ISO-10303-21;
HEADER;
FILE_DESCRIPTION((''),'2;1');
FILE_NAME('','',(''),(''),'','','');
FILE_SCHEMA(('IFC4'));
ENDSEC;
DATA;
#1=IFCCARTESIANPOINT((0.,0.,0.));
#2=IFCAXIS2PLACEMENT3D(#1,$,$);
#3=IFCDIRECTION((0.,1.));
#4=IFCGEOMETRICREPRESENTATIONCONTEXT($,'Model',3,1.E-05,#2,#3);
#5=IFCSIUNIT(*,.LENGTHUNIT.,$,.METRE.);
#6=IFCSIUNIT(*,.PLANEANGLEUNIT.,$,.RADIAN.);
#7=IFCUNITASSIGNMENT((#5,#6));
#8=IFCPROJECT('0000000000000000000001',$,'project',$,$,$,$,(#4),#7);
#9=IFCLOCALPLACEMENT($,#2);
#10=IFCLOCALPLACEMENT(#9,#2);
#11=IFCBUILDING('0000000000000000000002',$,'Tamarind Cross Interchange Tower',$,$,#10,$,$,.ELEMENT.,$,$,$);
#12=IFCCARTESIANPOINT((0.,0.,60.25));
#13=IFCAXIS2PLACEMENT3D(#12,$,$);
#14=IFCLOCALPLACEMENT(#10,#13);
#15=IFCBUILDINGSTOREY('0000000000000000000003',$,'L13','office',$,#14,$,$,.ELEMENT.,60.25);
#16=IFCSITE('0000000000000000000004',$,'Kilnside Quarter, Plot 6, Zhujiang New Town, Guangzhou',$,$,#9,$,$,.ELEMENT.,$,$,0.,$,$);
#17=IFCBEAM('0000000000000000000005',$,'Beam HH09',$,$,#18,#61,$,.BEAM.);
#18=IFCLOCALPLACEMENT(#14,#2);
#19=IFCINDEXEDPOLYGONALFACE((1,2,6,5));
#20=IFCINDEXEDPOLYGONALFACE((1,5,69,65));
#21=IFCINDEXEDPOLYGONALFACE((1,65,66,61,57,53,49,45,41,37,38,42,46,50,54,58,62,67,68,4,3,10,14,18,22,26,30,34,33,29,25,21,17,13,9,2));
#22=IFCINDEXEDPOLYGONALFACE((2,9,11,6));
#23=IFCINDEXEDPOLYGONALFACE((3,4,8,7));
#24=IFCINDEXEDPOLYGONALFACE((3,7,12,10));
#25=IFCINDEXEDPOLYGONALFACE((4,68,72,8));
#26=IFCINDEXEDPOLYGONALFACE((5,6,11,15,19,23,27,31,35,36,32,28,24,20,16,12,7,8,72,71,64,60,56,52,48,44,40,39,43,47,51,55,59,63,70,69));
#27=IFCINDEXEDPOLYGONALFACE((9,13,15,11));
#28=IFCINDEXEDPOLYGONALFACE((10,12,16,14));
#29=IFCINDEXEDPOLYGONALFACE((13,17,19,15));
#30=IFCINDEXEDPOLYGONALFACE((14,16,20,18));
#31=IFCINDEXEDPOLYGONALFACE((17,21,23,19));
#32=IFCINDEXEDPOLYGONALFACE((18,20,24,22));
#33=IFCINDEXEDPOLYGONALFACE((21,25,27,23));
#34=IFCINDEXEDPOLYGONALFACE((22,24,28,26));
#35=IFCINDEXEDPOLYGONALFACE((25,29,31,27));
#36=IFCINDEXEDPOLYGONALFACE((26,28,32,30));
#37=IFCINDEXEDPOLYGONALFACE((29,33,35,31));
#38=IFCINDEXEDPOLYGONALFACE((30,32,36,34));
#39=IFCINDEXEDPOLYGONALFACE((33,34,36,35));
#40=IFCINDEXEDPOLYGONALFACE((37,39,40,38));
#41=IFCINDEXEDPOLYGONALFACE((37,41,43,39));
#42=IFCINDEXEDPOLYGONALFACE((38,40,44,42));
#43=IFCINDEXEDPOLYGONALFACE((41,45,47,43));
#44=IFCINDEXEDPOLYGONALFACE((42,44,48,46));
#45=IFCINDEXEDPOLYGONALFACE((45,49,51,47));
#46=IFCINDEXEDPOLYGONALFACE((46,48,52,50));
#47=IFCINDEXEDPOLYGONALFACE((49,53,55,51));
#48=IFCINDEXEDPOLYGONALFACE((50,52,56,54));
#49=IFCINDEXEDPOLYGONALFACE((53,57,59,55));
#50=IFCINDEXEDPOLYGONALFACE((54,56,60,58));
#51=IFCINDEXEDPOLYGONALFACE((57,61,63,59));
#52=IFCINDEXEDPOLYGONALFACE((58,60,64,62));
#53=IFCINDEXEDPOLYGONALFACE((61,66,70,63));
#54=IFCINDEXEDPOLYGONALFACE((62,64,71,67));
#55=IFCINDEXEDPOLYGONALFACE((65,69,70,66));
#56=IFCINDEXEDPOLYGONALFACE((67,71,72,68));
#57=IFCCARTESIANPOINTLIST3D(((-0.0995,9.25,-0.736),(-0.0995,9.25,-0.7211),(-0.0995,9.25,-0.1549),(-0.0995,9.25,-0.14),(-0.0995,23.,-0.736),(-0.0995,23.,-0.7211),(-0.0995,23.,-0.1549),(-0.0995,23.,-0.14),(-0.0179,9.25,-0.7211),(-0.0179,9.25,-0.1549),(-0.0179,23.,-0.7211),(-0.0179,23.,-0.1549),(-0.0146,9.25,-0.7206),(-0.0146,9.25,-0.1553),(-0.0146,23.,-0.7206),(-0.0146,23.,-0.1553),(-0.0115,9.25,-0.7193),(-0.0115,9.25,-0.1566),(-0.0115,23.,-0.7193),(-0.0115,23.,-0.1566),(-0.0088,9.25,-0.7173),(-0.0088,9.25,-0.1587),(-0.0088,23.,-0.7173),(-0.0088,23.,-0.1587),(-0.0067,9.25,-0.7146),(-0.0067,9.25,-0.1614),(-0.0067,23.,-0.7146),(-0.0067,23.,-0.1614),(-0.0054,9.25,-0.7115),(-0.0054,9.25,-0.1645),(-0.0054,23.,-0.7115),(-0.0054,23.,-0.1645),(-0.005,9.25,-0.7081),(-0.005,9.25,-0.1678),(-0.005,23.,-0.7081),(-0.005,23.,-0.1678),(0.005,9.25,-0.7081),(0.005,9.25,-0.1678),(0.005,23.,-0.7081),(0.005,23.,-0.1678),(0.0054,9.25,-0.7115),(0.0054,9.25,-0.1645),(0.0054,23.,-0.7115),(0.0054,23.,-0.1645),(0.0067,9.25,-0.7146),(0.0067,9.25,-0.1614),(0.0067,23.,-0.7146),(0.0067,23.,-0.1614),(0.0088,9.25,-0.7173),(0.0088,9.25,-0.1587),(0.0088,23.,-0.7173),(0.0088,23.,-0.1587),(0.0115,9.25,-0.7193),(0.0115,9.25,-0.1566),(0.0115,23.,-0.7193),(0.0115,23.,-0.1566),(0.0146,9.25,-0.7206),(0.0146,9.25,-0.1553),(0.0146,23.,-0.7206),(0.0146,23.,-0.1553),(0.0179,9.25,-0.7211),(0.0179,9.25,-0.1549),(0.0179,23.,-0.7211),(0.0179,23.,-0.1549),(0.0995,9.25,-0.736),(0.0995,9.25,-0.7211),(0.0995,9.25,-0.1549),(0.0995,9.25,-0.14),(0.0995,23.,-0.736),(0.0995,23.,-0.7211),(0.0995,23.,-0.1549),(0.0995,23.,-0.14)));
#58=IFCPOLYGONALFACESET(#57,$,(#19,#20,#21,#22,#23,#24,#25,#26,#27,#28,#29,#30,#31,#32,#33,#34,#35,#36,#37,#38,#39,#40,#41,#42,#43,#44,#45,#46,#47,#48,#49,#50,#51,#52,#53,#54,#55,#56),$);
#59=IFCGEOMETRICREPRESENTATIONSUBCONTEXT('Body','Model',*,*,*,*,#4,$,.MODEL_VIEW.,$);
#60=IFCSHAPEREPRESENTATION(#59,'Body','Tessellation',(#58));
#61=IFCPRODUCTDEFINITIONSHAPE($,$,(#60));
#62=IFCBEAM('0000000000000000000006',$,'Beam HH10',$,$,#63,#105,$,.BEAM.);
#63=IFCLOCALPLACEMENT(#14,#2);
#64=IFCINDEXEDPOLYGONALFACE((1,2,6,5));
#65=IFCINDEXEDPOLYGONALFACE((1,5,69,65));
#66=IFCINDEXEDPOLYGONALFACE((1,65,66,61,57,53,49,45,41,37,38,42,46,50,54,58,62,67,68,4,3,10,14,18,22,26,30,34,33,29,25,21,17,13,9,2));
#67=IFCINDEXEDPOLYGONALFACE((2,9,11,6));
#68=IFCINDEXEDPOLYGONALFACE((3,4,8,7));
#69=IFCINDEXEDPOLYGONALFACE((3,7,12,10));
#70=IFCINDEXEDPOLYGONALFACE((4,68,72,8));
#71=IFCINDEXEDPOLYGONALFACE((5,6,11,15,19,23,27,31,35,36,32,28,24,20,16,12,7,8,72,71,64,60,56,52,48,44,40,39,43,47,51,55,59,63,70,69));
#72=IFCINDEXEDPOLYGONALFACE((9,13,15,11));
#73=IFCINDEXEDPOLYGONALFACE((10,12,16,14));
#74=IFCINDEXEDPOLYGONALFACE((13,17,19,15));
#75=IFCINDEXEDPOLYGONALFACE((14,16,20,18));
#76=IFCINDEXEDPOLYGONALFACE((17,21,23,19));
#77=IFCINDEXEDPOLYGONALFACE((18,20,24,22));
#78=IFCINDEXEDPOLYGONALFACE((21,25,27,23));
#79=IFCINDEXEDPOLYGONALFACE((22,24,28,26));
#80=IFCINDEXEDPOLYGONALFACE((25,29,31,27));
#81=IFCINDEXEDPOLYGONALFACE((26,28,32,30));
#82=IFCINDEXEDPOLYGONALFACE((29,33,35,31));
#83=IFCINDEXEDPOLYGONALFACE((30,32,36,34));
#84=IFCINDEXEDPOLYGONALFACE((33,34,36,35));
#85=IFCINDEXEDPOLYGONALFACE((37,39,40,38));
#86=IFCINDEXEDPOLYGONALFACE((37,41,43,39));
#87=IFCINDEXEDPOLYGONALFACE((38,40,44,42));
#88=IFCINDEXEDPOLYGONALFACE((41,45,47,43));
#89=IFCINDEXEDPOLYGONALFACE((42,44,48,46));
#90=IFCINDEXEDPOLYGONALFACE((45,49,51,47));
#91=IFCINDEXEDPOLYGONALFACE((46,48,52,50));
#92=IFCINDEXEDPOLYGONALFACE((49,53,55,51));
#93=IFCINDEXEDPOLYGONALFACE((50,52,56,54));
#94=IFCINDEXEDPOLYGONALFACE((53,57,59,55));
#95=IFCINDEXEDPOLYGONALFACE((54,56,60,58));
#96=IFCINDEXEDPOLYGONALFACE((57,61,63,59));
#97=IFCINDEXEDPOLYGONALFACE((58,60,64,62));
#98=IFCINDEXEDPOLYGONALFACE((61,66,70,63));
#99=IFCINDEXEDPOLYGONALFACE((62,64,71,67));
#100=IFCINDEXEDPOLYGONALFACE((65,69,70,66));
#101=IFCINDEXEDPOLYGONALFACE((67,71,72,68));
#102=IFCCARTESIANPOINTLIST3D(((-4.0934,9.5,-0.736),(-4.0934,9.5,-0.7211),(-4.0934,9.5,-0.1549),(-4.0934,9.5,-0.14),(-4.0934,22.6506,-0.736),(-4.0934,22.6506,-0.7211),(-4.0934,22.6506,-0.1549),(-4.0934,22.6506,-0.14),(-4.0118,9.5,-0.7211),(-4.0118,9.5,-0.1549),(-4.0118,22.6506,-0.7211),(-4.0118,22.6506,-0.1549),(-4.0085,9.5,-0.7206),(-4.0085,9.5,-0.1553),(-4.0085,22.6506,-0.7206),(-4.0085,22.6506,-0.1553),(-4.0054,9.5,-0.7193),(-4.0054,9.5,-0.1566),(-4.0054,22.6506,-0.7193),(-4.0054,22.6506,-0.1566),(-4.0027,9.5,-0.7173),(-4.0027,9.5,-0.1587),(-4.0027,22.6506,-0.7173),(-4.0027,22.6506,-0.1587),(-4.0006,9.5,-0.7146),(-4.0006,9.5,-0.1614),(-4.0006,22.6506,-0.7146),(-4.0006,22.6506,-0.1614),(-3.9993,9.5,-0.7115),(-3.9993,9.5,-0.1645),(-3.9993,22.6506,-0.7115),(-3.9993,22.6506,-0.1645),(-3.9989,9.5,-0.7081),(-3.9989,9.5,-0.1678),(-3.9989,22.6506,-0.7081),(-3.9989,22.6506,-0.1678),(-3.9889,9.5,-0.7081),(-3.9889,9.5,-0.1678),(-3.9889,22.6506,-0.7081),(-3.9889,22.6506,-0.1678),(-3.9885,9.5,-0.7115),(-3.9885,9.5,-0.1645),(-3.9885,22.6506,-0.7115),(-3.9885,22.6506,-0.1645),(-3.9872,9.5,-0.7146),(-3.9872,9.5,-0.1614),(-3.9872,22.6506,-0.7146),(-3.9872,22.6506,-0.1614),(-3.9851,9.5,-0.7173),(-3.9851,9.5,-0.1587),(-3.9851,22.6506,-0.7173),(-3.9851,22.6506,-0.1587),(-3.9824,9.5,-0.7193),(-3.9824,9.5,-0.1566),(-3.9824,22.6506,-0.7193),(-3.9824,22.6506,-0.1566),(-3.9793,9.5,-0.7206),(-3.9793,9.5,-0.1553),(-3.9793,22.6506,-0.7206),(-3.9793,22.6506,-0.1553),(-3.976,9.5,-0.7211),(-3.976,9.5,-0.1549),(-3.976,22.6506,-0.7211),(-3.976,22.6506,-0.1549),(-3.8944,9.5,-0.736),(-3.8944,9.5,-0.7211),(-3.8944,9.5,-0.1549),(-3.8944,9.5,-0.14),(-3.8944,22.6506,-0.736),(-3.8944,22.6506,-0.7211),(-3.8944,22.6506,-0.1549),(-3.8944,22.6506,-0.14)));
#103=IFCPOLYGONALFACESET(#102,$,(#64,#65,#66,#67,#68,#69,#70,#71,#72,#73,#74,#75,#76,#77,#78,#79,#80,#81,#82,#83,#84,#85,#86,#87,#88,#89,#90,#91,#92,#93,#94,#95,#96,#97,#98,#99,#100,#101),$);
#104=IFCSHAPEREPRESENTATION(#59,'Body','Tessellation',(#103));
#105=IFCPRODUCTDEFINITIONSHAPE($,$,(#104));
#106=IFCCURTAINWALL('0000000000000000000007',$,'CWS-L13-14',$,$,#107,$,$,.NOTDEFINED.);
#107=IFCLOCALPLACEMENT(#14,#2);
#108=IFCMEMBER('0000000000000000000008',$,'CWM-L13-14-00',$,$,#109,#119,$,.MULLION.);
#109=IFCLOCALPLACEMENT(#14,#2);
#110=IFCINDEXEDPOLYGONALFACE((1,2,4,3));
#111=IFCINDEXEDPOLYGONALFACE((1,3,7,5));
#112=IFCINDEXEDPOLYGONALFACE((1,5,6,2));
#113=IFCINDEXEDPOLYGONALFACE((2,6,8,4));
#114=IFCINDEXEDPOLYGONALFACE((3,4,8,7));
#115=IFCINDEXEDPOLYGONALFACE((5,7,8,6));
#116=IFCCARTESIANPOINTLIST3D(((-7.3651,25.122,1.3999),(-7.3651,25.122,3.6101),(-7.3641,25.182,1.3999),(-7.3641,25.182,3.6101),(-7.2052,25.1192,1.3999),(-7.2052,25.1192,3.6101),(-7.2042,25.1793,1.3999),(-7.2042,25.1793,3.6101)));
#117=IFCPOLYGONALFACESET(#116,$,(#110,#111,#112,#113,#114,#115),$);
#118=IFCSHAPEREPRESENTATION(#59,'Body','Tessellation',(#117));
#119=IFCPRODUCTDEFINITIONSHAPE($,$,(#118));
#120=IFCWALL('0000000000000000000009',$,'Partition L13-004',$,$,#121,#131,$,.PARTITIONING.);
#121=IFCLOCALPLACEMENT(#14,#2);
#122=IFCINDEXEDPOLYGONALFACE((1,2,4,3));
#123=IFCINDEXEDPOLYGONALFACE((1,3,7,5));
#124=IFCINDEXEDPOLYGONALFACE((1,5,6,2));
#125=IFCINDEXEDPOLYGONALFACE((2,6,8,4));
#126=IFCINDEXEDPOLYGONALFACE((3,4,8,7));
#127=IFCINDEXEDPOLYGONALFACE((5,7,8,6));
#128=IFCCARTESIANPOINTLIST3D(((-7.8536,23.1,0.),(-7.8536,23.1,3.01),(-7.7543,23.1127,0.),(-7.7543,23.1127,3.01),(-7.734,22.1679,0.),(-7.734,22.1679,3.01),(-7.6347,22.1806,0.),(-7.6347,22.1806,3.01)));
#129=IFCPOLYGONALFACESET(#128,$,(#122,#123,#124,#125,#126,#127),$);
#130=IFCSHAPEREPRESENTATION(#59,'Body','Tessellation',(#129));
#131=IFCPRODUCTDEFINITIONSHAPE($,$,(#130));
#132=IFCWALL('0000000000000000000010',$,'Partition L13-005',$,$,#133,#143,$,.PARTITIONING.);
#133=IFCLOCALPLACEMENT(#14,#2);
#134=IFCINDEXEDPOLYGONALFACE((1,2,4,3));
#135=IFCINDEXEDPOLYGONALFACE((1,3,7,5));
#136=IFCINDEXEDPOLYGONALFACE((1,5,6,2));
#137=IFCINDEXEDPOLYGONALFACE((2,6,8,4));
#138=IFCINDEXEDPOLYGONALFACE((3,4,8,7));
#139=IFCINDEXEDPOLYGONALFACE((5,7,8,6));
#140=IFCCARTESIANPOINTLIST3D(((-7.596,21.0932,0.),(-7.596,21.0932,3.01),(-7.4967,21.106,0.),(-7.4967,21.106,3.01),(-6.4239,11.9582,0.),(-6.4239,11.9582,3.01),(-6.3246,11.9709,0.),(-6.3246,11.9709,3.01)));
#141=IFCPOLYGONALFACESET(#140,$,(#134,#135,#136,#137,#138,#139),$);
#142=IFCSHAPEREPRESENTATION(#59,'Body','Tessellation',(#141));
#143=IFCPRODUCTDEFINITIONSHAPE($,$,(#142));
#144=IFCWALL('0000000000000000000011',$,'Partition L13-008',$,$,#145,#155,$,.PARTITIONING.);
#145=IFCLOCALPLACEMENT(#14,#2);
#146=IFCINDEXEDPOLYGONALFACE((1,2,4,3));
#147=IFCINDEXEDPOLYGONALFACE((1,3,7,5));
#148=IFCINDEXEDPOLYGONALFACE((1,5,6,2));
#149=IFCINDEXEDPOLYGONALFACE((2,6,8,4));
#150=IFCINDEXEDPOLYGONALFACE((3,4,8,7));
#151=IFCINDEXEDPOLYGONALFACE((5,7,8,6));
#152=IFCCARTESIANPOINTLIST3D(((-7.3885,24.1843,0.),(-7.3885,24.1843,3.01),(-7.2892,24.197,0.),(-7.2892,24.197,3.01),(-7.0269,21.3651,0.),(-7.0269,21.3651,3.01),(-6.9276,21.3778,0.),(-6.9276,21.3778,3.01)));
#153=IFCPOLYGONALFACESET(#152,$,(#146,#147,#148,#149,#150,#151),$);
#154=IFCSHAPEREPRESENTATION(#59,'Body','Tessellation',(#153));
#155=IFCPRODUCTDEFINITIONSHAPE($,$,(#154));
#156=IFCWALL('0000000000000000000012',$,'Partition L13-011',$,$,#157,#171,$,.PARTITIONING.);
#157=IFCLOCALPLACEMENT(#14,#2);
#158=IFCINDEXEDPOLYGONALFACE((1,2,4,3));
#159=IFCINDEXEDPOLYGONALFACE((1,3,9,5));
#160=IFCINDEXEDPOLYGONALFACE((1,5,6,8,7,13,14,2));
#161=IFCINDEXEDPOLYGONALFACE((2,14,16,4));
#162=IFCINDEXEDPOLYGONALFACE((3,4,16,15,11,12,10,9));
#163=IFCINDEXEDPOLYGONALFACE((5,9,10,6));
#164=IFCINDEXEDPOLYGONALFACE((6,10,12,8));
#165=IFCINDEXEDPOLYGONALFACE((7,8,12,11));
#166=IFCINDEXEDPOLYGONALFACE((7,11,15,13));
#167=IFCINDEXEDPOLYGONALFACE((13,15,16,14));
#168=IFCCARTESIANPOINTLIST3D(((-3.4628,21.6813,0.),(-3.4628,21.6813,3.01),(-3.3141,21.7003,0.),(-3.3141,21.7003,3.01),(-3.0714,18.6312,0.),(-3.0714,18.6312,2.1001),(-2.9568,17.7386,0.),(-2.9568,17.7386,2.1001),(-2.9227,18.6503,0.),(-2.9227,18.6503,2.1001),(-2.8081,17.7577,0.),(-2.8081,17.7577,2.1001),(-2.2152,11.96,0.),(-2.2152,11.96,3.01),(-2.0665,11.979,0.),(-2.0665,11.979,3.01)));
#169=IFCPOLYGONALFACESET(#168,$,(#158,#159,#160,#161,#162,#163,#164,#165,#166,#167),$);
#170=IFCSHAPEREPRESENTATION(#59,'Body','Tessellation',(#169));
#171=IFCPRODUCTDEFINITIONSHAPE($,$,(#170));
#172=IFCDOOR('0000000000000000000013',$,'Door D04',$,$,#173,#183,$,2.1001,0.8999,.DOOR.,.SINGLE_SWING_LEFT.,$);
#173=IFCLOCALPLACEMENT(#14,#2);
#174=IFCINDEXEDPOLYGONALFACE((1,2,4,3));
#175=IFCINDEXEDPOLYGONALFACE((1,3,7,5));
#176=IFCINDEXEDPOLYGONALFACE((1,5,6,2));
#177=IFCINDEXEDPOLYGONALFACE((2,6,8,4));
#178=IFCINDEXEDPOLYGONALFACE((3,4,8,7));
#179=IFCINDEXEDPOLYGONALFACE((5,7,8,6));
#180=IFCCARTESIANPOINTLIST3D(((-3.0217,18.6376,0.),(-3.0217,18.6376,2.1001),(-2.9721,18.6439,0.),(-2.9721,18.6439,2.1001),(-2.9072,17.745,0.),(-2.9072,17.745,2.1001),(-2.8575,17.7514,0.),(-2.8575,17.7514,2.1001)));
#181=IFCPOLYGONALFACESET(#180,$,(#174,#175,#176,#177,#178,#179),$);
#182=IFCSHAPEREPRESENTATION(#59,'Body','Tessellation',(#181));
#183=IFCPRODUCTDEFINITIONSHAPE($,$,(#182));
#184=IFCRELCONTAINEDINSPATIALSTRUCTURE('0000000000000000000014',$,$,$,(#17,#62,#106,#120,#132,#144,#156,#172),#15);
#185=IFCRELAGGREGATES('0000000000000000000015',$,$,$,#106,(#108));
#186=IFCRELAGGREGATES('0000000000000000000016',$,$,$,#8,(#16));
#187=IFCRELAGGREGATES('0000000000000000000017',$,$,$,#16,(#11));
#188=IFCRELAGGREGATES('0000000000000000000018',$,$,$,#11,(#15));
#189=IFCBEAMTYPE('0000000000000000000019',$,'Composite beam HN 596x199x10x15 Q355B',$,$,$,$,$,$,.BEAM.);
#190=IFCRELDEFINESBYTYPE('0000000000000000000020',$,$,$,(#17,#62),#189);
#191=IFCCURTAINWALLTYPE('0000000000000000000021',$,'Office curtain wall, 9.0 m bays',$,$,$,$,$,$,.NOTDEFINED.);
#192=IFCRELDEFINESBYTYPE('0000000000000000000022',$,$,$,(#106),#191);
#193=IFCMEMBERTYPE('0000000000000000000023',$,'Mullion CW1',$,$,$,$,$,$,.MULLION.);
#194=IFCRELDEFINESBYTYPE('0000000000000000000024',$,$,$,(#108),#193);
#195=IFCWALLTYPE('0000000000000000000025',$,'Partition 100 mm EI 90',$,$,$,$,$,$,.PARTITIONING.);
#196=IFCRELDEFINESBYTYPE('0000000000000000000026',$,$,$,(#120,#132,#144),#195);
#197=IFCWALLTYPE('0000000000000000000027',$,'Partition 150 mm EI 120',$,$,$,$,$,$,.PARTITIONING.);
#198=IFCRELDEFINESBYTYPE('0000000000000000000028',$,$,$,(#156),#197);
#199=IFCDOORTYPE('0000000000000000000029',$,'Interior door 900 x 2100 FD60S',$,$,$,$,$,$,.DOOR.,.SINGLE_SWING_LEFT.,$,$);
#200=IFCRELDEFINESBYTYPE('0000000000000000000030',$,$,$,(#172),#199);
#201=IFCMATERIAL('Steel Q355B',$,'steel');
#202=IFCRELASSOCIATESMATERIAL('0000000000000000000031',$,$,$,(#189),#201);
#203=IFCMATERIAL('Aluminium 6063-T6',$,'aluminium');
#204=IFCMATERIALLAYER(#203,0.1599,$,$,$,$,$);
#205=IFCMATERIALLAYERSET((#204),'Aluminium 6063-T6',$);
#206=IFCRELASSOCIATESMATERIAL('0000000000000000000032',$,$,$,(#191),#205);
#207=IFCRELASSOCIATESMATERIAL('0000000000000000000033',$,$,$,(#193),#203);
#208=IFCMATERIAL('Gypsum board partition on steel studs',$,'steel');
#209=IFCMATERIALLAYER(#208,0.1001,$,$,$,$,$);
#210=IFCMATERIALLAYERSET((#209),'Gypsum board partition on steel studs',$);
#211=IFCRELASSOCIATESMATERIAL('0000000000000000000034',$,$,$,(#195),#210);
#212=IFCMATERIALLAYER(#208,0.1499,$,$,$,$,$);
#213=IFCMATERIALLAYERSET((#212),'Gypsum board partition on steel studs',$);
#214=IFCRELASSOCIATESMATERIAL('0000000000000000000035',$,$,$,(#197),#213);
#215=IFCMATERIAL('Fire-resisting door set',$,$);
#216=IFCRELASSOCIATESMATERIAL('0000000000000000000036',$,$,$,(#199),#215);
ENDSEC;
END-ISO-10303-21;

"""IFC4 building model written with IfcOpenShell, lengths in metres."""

from ifc_helpers import new_model, si_unit, direction, frame, frame_2d, origin, origin_2d, place, context, subcontext, project, spatial, rectangle, i_section, extrude, material, layer, layer_set, material_profile, profile_set, type_object, element, fill, aggregate, save


model = new_model("IFC4")

# Units and contexts
model_context = context("Model", 3, precision=1e-05, world=origin(), true_north=direction((0.0, 1.0)))
body_context = subcontext(model_context, "Body", "Model", "MODEL_VIEW")
ifc_project = project(units=[si_unit("LENGTHUNIT", "METRE"), si_unit("PLANEANGLEUNIT", "RADIAN")], contexts=[model_context])

# Site, building, storey
site_placement = place(None, origin())
site = spatial("IfcSite", under=ifc_project, at=site_placement, Name="Kilnside Quarter, Plot 6, Zhujiang New Town, Guangzhou", CompositionType="ELEMENT", RefElevation=0.0)
building_placement = place(site_placement, origin())
building = spatial("IfcBuilding", under=site, at=building_placement, Name="Tamarind Cross Interchange Tower", CompositionType="ELEMENT")
storey_placement = place(building_placement, frame((0.0, 0.0, 60.25)))
storey = spatial("IfcBuildingStorey", under=building, at=storey_placement, Name="L13", Description="office", CompositionType="ELEMENT", Elevation=60.25)

# Beams
ifc_material_1 = material(Name="Steel Q355B", Category="steel")
ifc_material_profile_1 = material_profile(ifc_material_1, i_section(OverallWidth=0.199, OverallDepth=0.5959, WebThickness=0.01, FlangeThickness=0.0149, FilletRadius=0.0129, at=origin_2d()), Name="HN 596x199x10x15")
ifc_profile_set_1 = profile_set([ifc_material_profile_1], Name="Steel Q355B")
beam_type_1 = type_object("IfcBeamType", Name="Composite beam HN 596x199x10x15 Q355B", PredefinedType="BEAM", material=ifc_profile_set_1)
beam_1_placement = place(storey_placement, frame((0.0, 23.0, -0.438), z_axis=(0.0, -1.0, 0.0), x_axis=(1.0, 0.0, 0.0)))
element("IfcBeam", 1, at=beam_1_placement, inside=storey, type_object=beam_type_1, Name="Beam HH09", PredefinedType="BEAM", context=body_context, shape_type="SweptSolid", body=[
    extrude(i_section(OverallWidth=0.199, OverallDepth=0.5959, WebThickness=0.01, FlangeThickness=0.0149, FilletRadius=0.0129, at=origin_2d()), origin(), (0.0, 0.0, 1.0), 13.75),
])
beam_2_placement = place(storey_placement, frame((-3.9939, 22.6506, -0.438), z_axis=(0.0, -1.0, 0.0), x_axis=(1.0, 0.0, 0.0)))
element("IfcBeam", 2, at=beam_2_placement, inside=storey, type_object=beam_type_1, Name="Beam HH10", PredefinedType="BEAM", context=body_context, shape_type="SweptSolid", body=[
    extrude(i_section(OverallWidth=0.199, OverallDepth=0.5959, WebThickness=0.01, FlangeThickness=0.0149, FilletRadius=0.0129, at=origin_2d()), origin(), (0.0, 0.0, 1.0), 13.1506),
])

# Curtain wall, member
ifc_material_2 = material(Name="Aluminium 6063-T6", Category="aluminium")
ifc_layer_1 = layer(ifc_material_2, 0.1599)
ifc_layer_set_1 = layer_set([ifc_layer_1], Name="Aluminium 6063-T6")
curtain_wall_type = type_object("IfcCurtainWallType", Name="Office curtain wall, 9.0 m bays", PredefinedType="NOTDEFINED", material=ifc_layer_set_1)
curtain_wall_placement = place(storey_placement, origin())
curtain_wall = element("IfcCurtainWall", 3, at=curtain_wall_placement, inside=storey, type_object=curtain_wall_type, Name="CWS-L13-14", PredefinedType="NOTDEFINED")
ifc_material_profile_2 = material_profile(ifc_material_2, rectangle(XDim=0.0601, YDim=0.1599, at=origin_2d()), Name="Mullion CW1")
ifc_profile_set_2 = profile_set([ifc_material_profile_2], Name="Aluminium 6063-T6")
member_type = type_object("IfcMemberType", Name="Mullion CW1", PredefinedType="MULLION", material=ifc_profile_set_2)
member_placement = place(storey_placement, frame((-7.2847, 25.1506, 1.3999), z_axis=(0.0, 0.0, 1.0), x_axis=(-0.017195, -0.999852, 0.0)))
member = element("IfcMember", 4, at=member_placement, type_object=member_type, Name="CWM-L13-14-00", PredefinedType="MULLION", context=body_context, shape_type="SweptSolid", body=[
    extrude(rectangle(XDim=0.0601, YDim=0.1599, at=origin_2d()), origin(), (0.0, 0.0, 1.0), 2.2102),
])
aggregate(curtain_wall, [member])

# Walls
ifc_material_3 = material(Name="Gypsum board partition on steel studs", Category="steel")
ifc_layer_2 = layer(ifc_material_3, 0.1001)
ifc_layer_set_2 = layer_set([ifc_layer_2], Name="Gypsum board partition on steel studs")
wall_type_1 = type_object("IfcWallType", Name="Partition 100 mm EI 90", PredefinedType="PARTITIONING", material=ifc_layer_set_2)
wall_1_placement = place(storey_placement, frame((-7.804, 23.1062, 0.0), z_axis=(0.0, 0.0, 1.0), x_axis=(0.127295, -0.991865, 0.0)))
element("IfcWall", 5, at=wall_1_placement, inside=storey, type_object=wall_type_1, Name="Partition L13-004", PredefinedType="PARTITIONING", context=body_context, shape_type="SweptSolid", body=[
    extrude(rectangle(XDim=0.9397, YDim=0.1001, at=frame_2d((0.4697, 0.0))), origin(), (0.0, 0.0, 1.0), 3.01),
])
wall_2_placement = place(storey_placement, frame((-7.5464, 21.0996, 0.0), z_axis=(0.0, 0.0, 1.0), x_axis=(0.127267, -0.991868, 0.0)))
element("IfcWall", 6, at=wall_2_placement, inside=storey, type_object=wall_type_1, Name="Partition L13-005", PredefinedType="PARTITIONING", context=body_context, shape_type="SweptSolid", body=[
    extrude(rectangle(XDim=9.21, YDim=0.1001, at=frame_2d((4.605, 0.0))), origin(), (0.0, 0.0, 1.0), 3.01),
])
wall_3_placement = place(storey_placement, frame((-7.3389, 24.1907, 0.0), z_axis=(0.0, 0.0, 1.0), x_axis=(0.127216, -0.991875, 0.0)))
element("IfcWall", 7, at=wall_3_placement, inside=storey, type_object=wall_type_1, Name="Partition L13-008", PredefinedType="PARTITIONING", context=body_context, shape_type="SweptSolid", body=[
    extrude(rectangle(XDim=2.8423, YDim=0.1001, at=frame_2d((1.4211, 0.0))), origin(), (0.0, 0.0, 1.0), 3.01),
])

# Wall, opening, door
ifc_layer_3 = layer(ifc_material_3, 0.1499)
ifc_layer_set_3 = layer_set([ifc_layer_3], Name="Gypsum board partition on steel studs")
wall_type_2 = type_object("IfcWallType", Name="Partition 150 mm EI 120", PredefinedType="PARTITIONING", material=ifc_layer_set_3)
wall_4_placement = place(storey_placement, frame((-3.3884, 21.6907, 0.0), z_axis=(0.0, 0.0, 1.0), x_axis=(0.12729, -0.991866, 0.0)))
wall_4 = element("IfcWall", 8, at=wall_4_placement, inside=storey, type_object=wall_type_2, Name="Partition L13-011", PredefinedType="PARTITIONING", context=body_context, shape_type="SweptSolid", body=[
    extrude(rectangle(XDim=9.801, YDim=0.1499, at=frame_2d((4.9004, 0.0))), origin(), (0.0, 0.0, 1.0), 3.01),
])
opening_1_placement = place(wall_4_placement, frame((3.075, 0.0, 0.0)))
opening_1 = element("IfcOpeningElement", 9, at=opening_1_placement, cuts=wall_4, PredefinedType="OPENING", context=body_context, shape_type="SweptSolid", body=[
    extrude(rectangle(XDim=0.8999, YDim=2.1001, at=frame_2d((0.45, 1.05))), frame((0.0, 0.085, 0.0), z_axis=(0.0, -1.0, 0.0), x_axis=(1.0, 0.0, 0.0)), (0.0, 0.0, 1.0), 0.1699),
])
ifc_material_4 = material(Name="Fire-resisting door set")
door_type_1 = type_object("IfcDoorType", Name="Interior door 900 x 2100 FD60S", OperationType="SINGLE_SWING_LEFT", PredefinedType="DOOR", material=ifc_material_4)
door_1_placement = place(opening_1_placement, frame((0.8999, 0.0, 0.0), z_axis=(0.0, 0.0, 1.0), x_axis=(-1.0, 0.0, 0.0)))
door_1 = element("IfcDoor", 10, at=door_1_placement, inside=storey, type_object=door_type_1, Name="Door D04", OperationType="SINGLE_SWING_LEFT", OverallHeight=2.1001, OverallWidth=0.8999, PredefinedType="DOOR", context=body_context, shape_type="SweptSolid", body=[
    extrude(rectangle(XDim=0.8999, YDim=2.1001, at=frame_2d((0.45, 1.05))), frame((0.0, 0.0249, 0.0), z_axis=(0.0, -1.0, 0.0), x_axis=(1.0, 0.0, 0.0)), (0.0, 0.0, 1.0), 0.05),
])
fill(opening_1, door_1)

save(model, "model.ifc")
